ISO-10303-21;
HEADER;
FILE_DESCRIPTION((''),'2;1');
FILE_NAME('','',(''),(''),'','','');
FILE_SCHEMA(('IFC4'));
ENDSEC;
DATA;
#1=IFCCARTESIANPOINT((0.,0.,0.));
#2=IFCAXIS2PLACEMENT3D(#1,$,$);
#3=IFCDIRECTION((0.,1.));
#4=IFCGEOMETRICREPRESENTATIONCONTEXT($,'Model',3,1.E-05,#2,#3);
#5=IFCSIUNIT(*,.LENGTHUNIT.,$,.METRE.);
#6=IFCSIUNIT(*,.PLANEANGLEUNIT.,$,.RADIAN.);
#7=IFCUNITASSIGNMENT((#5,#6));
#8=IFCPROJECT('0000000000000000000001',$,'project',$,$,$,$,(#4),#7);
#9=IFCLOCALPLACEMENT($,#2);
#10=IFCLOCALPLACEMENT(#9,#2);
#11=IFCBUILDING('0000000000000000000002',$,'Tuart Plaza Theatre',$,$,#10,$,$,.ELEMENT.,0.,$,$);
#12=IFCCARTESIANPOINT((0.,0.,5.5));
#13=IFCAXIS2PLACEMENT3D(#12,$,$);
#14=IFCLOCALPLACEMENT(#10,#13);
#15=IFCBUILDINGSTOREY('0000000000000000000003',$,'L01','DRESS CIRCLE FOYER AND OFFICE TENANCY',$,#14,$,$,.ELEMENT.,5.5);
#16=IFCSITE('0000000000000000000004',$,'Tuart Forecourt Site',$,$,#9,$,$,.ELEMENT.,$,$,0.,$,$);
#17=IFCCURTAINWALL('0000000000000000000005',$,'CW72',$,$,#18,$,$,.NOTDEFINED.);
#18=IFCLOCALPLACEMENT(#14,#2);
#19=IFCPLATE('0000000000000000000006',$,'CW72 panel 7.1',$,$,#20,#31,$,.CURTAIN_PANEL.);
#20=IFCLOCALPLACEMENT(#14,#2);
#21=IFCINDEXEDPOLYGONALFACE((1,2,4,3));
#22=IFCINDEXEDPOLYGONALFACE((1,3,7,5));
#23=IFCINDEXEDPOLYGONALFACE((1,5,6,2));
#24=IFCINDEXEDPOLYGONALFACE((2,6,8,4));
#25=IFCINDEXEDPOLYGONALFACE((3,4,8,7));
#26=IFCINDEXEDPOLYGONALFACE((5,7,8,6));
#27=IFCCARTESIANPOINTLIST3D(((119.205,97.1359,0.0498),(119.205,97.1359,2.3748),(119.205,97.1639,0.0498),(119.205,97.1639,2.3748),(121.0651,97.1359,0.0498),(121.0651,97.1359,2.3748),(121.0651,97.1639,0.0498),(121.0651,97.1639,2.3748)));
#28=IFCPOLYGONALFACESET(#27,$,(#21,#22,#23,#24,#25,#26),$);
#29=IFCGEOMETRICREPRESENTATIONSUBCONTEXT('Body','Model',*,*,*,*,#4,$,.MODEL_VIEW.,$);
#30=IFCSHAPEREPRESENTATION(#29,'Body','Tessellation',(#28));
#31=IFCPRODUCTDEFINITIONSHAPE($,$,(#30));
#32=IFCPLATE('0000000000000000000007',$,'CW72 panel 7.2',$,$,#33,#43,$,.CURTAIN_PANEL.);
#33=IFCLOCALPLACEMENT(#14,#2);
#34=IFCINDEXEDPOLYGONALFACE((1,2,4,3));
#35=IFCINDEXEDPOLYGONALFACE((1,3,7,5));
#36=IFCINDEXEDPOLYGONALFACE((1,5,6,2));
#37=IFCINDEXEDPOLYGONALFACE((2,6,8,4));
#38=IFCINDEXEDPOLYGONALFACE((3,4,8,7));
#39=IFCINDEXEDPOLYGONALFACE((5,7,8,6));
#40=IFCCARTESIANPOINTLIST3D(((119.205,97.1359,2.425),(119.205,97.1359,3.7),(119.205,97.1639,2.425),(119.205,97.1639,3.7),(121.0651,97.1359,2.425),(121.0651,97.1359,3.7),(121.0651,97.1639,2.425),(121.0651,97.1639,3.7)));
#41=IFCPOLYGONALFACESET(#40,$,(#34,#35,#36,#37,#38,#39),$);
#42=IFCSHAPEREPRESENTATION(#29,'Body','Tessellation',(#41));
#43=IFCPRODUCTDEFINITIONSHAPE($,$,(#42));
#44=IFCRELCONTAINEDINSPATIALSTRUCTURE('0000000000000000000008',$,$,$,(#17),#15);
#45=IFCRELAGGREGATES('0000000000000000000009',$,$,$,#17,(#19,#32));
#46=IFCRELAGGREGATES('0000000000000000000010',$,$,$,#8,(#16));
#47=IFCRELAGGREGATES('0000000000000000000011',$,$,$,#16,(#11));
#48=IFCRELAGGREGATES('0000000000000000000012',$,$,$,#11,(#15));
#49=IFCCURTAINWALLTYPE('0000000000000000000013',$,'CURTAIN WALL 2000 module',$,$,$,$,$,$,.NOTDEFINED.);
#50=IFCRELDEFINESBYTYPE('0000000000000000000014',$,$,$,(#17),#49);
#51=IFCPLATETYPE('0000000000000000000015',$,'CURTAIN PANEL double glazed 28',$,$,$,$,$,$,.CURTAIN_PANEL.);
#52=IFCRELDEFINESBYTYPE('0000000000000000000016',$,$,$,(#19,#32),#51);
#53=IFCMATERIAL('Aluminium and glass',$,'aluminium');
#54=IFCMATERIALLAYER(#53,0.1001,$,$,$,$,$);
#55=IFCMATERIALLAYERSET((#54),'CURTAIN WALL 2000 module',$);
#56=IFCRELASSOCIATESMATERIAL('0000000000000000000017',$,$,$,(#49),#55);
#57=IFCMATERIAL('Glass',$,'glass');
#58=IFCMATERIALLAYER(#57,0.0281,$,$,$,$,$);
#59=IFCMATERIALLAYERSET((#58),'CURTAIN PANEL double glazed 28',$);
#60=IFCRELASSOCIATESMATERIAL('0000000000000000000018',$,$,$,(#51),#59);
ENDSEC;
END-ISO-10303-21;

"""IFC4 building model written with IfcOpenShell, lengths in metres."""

from ifc_helpers import new_model, si_unit, direction, frame, origin, origin_2d, place, context, subcontext, project, spatial, rectangle, extrude, material, layer, layer_set, type_object, element, aggregate, save


model = new_model("IFC4")

# Units and contexts
model_context = context("Model", 3, precision=1e-05, world=origin(), true_north=direction((0.0, 1.0)))
body_context = subcontext(model_context, "Body", "Model", "MODEL_VIEW")
ifc_project = project(units=[si_unit("LENGTHUNIT", "METRE"), si_unit("PLANEANGLEUNIT", "RADIAN")], contexts=[model_context])

# Site, building, storey
site_placement = place(None, origin())
site = spatial("IfcSite", under=ifc_project, at=site_placement, Name="Tuart Forecourt Site", CompositionType="ELEMENT", RefElevation=0.0)
building_placement = place(site_placement, origin())
building = spatial("IfcBuilding", under=site, at=building_placement, Name="Tuart Plaza Theatre", CompositionType="ELEMENT", ElevationOfRefHeight=0.0)
storey_placement = place(building_placement, frame((0.0, 0.0, 5.5)))
storey = spatial("IfcBuildingStorey", under=building, at=storey_placement, Name="L01", Description="DRESS CIRCLE FOYER AND OFFICE TENANCY", CompositionType="ELEMENT", Elevation=5.5)

# Curtain wall, plates
ifc_material_1 = material(Name="Aluminium and glass", Category="aluminium")
ifc_layer_1 = layer(ifc_material_1, 0.1001)
ifc_layer_set_1 = layer_set([ifc_layer_1], Name="CURTAIN WALL 2000 module")
curtain_wall_type = type_object("IfcCurtainWallType", Name="CURTAIN WALL 2000 module", PredefinedType="NOTDEFINED", material=ifc_layer_set_1)
curtain_wall_placement = place(storey_placement, origin())
curtain_wall = element("IfcCurtainWall", 1, at=curtain_wall_placement, inside=storey, type_object=curtain_wall_type, Name="CW72", PredefinedType="NOTDEFINED")
ifc_material_2 = material(Name="Glass", Category="glass")
ifc_layer_2 = layer(ifc_material_2, 0.0281)
ifc_layer_set_2 = layer_set([ifc_layer_2], Name="CURTAIN PANEL double glazed 28")
plate_type = type_object("IfcPlateType", Name="CURTAIN PANEL double glazed 28", PredefinedType="CURTAIN_PANEL", material=ifc_layer_set_2)
plate_1_placement = place(storey_placement, frame((120.135, 97.1499, 0.0498), z_axis=(0.0, 0.0, 1.0), x_axis=(-1.0, 0.0, 0.0)))
plate_1 = element("IfcPlate", 2, at=plate_1_placement, type_object=plate_type, Name="CW72 panel 7.1", PredefinedType="CURTAIN_PANEL", context=body_context, shape_type="SweptSolid", body=[
    extrude(rectangle(XDim=1.8601, YDim=0.0281, at=origin_2d()), origin(), (0.0, 0.0, 1.0), 2.325),
])
plate_2_placement = place(storey_placement, frame((120.135, 97.1499, 2.425), z_axis=(0.0, 0.0, 1.0), x_axis=(-1.0, 0.0, 0.0)))
plate_2 = element("IfcPlate", 3, at=plate_2_placement, type_object=plate_type, Name="CW72 panel 7.2", PredefinedType="CURTAIN_PANEL", context=body_context, shape_type="SweptSolid", body=[
    extrude(rectangle(XDim=1.8601, YDim=0.0281, at=origin_2d()), origin(), (0.0, 0.0, 1.0), 1.2749),
])
aggregate(curtain_wall, [plate_1, plate_2])

save(model, "model.ifc")
